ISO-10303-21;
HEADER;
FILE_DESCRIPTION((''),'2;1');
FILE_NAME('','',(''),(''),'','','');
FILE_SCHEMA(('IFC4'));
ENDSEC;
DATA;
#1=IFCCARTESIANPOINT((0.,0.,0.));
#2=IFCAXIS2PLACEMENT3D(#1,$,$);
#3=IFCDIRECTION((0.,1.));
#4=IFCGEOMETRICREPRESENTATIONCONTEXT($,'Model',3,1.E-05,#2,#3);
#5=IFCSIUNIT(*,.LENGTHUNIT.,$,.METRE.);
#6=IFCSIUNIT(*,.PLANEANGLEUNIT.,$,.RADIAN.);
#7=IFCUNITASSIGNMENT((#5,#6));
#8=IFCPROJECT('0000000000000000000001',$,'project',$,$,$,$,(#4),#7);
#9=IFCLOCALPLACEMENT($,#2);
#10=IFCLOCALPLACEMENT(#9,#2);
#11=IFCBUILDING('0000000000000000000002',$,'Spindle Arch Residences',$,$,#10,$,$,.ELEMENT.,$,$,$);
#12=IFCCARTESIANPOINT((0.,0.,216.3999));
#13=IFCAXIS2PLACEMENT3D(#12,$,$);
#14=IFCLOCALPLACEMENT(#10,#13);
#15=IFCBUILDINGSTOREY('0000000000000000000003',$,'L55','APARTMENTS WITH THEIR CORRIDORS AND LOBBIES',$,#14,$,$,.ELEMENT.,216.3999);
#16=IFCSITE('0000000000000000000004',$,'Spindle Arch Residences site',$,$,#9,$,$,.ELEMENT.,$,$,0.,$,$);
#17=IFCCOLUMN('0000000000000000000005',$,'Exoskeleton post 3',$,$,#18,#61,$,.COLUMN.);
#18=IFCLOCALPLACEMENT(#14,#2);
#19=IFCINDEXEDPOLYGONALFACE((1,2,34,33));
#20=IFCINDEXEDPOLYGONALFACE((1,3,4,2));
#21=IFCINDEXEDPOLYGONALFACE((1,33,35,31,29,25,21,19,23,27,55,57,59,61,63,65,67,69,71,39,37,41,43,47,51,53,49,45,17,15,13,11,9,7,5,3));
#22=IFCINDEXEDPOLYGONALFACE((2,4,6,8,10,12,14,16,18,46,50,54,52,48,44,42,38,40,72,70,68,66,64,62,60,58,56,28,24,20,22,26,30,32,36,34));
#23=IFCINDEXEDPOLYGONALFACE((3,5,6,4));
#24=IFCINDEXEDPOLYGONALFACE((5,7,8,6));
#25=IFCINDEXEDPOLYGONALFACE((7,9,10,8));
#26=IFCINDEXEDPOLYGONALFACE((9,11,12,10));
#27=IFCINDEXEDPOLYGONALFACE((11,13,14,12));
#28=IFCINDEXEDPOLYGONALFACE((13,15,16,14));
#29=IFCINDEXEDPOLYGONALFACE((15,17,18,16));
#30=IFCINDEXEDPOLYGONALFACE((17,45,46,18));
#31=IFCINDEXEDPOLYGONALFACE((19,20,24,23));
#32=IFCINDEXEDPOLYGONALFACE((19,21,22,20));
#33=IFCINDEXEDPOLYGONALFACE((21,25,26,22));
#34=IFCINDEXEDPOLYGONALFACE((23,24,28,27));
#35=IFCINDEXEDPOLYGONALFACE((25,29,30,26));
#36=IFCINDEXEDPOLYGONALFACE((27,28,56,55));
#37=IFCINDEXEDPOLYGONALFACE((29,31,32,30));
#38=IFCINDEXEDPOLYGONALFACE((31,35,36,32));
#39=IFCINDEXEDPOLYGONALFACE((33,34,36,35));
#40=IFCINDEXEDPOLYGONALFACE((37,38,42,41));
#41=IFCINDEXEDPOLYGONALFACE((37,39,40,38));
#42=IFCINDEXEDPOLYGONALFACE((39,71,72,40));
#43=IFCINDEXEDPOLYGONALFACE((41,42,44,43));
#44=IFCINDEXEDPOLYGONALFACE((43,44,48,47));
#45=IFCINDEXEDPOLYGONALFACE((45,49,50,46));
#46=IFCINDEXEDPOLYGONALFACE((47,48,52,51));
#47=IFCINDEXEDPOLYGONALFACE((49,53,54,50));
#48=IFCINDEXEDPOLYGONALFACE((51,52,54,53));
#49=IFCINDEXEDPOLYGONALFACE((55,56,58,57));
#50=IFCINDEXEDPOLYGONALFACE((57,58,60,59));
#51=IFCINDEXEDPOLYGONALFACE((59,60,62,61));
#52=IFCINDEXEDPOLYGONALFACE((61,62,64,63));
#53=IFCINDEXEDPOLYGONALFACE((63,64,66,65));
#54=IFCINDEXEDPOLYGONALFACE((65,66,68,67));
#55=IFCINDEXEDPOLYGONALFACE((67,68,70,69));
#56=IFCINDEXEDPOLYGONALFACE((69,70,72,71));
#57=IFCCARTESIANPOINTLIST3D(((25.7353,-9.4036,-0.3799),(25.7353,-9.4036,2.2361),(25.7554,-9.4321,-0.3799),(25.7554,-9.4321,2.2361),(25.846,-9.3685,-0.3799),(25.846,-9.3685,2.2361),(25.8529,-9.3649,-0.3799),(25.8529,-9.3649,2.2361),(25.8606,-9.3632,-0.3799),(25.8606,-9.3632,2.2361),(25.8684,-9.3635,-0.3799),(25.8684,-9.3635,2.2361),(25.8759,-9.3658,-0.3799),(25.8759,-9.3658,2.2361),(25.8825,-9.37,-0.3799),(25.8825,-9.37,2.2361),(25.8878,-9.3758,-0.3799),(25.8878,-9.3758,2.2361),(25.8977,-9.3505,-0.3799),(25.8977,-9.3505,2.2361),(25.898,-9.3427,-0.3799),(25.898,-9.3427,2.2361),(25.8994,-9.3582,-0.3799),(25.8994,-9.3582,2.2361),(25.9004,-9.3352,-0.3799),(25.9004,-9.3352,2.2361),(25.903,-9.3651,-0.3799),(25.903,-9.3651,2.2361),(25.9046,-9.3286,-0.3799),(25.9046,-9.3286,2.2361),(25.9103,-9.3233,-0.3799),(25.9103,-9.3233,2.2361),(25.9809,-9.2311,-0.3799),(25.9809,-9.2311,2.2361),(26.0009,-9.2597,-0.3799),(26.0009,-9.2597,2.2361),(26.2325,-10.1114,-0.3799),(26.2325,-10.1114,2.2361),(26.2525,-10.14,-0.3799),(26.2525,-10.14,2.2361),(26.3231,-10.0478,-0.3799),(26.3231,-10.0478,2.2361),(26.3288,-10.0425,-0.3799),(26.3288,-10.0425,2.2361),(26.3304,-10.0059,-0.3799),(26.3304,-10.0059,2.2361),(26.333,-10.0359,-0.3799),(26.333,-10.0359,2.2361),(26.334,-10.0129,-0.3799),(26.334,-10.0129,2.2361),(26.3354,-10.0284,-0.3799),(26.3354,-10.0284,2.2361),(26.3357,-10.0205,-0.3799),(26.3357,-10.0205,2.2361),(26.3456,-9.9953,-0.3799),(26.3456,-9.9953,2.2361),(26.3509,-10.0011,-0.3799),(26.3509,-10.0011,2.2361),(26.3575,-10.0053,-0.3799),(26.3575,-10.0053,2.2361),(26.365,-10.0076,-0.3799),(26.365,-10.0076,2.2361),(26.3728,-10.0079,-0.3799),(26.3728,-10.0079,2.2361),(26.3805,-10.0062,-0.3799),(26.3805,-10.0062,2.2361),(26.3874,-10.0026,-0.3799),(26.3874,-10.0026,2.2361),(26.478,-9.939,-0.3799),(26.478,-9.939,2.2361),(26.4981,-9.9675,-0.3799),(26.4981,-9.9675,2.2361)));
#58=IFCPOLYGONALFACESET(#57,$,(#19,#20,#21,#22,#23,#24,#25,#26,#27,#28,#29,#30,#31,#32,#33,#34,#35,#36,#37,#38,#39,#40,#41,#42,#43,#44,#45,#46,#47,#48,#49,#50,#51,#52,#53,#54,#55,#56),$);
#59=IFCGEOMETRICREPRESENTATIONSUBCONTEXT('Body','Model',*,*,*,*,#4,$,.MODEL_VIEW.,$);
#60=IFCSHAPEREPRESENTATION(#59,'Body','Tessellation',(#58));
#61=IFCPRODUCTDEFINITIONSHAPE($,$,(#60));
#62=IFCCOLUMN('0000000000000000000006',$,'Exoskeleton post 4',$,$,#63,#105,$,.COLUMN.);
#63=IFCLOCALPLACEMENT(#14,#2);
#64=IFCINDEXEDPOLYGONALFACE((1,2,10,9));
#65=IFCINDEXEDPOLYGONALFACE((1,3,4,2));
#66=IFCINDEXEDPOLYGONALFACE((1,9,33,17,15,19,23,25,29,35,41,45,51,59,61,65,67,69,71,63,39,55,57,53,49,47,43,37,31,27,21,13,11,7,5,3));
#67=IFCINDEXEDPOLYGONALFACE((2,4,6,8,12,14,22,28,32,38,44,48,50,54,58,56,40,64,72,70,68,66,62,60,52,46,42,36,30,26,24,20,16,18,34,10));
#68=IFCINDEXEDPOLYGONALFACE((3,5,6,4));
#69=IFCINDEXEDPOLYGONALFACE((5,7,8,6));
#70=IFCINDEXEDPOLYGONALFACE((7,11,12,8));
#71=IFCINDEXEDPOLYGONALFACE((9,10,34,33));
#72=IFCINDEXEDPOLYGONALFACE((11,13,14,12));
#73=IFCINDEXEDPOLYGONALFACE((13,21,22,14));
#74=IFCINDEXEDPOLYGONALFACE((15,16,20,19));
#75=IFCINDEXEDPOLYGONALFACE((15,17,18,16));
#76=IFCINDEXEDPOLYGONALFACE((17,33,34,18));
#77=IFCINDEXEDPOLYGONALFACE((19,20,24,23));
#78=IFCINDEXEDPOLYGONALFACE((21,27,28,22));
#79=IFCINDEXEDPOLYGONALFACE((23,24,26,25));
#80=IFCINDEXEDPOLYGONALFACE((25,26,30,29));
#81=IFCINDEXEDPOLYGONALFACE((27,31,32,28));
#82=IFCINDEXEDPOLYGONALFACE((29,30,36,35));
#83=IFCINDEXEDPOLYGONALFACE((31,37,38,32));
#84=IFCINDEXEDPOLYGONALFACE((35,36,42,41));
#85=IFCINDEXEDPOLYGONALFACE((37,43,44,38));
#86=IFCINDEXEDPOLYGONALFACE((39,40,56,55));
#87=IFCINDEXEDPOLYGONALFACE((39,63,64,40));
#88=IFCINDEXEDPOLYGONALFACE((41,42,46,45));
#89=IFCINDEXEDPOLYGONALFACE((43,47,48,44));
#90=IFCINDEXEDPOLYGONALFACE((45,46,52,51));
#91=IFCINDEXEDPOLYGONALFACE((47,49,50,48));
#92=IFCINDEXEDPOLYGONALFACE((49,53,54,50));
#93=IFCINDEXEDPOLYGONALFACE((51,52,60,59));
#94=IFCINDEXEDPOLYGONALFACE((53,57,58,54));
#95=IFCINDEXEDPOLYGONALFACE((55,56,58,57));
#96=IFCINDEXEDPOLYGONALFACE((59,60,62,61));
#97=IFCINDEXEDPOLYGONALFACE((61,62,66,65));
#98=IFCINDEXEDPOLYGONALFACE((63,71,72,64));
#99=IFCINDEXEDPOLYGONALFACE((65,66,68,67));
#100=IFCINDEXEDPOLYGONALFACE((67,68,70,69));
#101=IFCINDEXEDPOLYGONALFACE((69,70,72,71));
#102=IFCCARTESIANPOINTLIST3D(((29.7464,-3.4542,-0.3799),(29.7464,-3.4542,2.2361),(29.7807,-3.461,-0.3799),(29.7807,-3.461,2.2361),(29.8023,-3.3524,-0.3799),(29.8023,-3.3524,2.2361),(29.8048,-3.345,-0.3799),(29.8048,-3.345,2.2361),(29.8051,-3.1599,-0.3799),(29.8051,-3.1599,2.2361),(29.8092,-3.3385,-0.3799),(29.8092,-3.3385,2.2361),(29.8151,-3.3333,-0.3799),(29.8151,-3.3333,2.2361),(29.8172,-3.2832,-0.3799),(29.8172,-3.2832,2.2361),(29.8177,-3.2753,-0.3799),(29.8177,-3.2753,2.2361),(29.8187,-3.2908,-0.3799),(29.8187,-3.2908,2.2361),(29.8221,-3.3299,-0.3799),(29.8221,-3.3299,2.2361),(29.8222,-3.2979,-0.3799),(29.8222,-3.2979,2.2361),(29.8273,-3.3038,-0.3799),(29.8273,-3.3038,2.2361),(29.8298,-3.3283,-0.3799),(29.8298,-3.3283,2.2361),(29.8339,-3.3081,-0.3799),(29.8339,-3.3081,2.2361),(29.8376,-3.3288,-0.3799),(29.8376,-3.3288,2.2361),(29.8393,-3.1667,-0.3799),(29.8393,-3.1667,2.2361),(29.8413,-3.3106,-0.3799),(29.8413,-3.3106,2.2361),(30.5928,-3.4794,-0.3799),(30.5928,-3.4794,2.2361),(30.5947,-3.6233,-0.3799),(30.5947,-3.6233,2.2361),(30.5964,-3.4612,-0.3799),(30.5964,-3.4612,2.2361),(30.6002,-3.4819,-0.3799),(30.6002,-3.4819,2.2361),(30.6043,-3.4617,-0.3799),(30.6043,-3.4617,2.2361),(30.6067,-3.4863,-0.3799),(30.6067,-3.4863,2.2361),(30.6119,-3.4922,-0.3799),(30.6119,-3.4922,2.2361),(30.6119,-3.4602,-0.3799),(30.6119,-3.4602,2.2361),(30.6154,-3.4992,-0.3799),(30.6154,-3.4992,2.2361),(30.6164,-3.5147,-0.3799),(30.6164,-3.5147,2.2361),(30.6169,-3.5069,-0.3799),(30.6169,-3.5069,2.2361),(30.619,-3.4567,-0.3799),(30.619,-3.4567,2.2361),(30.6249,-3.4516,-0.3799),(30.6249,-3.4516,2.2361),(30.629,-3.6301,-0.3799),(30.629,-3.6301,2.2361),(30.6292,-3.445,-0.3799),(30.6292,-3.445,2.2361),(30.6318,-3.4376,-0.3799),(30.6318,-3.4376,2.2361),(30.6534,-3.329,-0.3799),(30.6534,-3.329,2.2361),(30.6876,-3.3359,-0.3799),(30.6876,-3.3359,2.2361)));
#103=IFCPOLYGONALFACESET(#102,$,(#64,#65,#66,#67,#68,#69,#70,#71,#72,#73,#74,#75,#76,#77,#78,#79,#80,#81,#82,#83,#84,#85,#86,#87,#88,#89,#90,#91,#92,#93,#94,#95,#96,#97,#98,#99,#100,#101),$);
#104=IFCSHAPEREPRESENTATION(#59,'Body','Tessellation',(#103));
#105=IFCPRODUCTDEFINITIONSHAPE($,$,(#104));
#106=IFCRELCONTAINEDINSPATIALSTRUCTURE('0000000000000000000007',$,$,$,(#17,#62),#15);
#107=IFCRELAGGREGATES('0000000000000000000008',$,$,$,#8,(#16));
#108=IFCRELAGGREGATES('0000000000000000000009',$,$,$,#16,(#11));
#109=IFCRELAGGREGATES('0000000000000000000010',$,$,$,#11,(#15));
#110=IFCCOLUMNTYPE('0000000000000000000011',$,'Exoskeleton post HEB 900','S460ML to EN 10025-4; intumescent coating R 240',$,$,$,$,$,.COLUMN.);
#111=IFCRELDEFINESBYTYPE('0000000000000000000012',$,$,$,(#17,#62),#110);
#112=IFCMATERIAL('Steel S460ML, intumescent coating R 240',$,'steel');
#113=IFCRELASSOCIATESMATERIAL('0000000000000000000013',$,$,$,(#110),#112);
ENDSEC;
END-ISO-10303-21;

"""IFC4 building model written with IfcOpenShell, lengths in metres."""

from ifc_helpers import new_model, si_unit, direction, frame, origin, origin_2d, place, context, subcontext, project, spatial, i_section, extrude, material, material_profile, profile_set, type_object, element, save


model = new_model("IFC4")

# Units and contexts
model_context = context("Model", 3, precision=1e-05, world=origin(), true_north=direction((0.0, 1.0)))
body_context = subcontext(model_context, "Body", "Model", "MODEL_VIEW")
ifc_project = project(units=[si_unit("LENGTHUNIT", "METRE"), si_unit("PLANEANGLEUNIT", "RADIAN")], contexts=[model_context])

# Site, building, storey
site_placement = place(None, origin())
site = spatial("IfcSite", under=ifc_project, at=site_placement, Name="Spindle Arch Residences site", CompositionType="ELEMENT", RefElevation=0.0)
building_placement = place(site_placement, origin())
building = spatial("IfcBuilding", under=site, at=building_placement, Name="Spindle Arch Residences", CompositionType="ELEMENT")
storey_placement = place(building_placement, frame((0.0, 0.0, 216.3999)))
storey = spatial("IfcBuildingStorey", under=building, at=storey_placement, Name="L55", Description="APARTMENTS WITH THEIR CORRIDORS AND LOBBIES", CompositionType="ELEMENT", Elevation=216.3999)

# Columns
ifc_material_1 = material(Name="Steel S460ML, intumescent coating R 240", Category="steel")
ifc_material_profile_1 = material_profile(ifc_material_1, i_section(OverallWidth=0.3, OverallDepth=0.8999, WebThickness=0.0186, FlangeThickness=0.0349, FilletRadius=0.03, at=origin_2d()), Name="HEB 900")
ifc_profile_set_1 = profile_set([ifc_material_profile_1], Name="Steel S460ML, intumescent coating R 240")
column_type_1 = type_object("IfcColumnType", Name="Exoskeleton post HEB 900", Description="S460ML to EN 10025-4; intumescent coating R 240", PredefinedType="COLUMN", material=ifc_profile_set_1)
for number, where, z_axis, x_axis, name in (
    (1, (26.1167, -9.6855, -0.3799), (0.0, 0.0, 1.0), (-0.818345, -0.574727, 0.0), "Exoskeleton post 3"),
    (2, (30.217, -3.395, -0.3799), (0.0, 0.0, 1.0), (-0.195505, -0.980703, 0.0), "Exoskeleton post 4"),
):
    element("IfcColumn", number, at=place(storey_placement, frame(where, z_axis=z_axis, x_axis=x_axis)), inside=storey, type_object=column_type_1, Name=name, PredefinedType="COLUMN", context=body_context, shape_type="SweptSolid", body=[
        extrude(i_section(OverallWidth=0.3, OverallDepth=0.8999, WebThickness=0.0186, FlangeThickness=0.0349, FilletRadius=0.03, at=origin_2d()), origin(), (0.0, 0.0, 1.0), 2.616),
    ])

save(model, "model.ifc")
